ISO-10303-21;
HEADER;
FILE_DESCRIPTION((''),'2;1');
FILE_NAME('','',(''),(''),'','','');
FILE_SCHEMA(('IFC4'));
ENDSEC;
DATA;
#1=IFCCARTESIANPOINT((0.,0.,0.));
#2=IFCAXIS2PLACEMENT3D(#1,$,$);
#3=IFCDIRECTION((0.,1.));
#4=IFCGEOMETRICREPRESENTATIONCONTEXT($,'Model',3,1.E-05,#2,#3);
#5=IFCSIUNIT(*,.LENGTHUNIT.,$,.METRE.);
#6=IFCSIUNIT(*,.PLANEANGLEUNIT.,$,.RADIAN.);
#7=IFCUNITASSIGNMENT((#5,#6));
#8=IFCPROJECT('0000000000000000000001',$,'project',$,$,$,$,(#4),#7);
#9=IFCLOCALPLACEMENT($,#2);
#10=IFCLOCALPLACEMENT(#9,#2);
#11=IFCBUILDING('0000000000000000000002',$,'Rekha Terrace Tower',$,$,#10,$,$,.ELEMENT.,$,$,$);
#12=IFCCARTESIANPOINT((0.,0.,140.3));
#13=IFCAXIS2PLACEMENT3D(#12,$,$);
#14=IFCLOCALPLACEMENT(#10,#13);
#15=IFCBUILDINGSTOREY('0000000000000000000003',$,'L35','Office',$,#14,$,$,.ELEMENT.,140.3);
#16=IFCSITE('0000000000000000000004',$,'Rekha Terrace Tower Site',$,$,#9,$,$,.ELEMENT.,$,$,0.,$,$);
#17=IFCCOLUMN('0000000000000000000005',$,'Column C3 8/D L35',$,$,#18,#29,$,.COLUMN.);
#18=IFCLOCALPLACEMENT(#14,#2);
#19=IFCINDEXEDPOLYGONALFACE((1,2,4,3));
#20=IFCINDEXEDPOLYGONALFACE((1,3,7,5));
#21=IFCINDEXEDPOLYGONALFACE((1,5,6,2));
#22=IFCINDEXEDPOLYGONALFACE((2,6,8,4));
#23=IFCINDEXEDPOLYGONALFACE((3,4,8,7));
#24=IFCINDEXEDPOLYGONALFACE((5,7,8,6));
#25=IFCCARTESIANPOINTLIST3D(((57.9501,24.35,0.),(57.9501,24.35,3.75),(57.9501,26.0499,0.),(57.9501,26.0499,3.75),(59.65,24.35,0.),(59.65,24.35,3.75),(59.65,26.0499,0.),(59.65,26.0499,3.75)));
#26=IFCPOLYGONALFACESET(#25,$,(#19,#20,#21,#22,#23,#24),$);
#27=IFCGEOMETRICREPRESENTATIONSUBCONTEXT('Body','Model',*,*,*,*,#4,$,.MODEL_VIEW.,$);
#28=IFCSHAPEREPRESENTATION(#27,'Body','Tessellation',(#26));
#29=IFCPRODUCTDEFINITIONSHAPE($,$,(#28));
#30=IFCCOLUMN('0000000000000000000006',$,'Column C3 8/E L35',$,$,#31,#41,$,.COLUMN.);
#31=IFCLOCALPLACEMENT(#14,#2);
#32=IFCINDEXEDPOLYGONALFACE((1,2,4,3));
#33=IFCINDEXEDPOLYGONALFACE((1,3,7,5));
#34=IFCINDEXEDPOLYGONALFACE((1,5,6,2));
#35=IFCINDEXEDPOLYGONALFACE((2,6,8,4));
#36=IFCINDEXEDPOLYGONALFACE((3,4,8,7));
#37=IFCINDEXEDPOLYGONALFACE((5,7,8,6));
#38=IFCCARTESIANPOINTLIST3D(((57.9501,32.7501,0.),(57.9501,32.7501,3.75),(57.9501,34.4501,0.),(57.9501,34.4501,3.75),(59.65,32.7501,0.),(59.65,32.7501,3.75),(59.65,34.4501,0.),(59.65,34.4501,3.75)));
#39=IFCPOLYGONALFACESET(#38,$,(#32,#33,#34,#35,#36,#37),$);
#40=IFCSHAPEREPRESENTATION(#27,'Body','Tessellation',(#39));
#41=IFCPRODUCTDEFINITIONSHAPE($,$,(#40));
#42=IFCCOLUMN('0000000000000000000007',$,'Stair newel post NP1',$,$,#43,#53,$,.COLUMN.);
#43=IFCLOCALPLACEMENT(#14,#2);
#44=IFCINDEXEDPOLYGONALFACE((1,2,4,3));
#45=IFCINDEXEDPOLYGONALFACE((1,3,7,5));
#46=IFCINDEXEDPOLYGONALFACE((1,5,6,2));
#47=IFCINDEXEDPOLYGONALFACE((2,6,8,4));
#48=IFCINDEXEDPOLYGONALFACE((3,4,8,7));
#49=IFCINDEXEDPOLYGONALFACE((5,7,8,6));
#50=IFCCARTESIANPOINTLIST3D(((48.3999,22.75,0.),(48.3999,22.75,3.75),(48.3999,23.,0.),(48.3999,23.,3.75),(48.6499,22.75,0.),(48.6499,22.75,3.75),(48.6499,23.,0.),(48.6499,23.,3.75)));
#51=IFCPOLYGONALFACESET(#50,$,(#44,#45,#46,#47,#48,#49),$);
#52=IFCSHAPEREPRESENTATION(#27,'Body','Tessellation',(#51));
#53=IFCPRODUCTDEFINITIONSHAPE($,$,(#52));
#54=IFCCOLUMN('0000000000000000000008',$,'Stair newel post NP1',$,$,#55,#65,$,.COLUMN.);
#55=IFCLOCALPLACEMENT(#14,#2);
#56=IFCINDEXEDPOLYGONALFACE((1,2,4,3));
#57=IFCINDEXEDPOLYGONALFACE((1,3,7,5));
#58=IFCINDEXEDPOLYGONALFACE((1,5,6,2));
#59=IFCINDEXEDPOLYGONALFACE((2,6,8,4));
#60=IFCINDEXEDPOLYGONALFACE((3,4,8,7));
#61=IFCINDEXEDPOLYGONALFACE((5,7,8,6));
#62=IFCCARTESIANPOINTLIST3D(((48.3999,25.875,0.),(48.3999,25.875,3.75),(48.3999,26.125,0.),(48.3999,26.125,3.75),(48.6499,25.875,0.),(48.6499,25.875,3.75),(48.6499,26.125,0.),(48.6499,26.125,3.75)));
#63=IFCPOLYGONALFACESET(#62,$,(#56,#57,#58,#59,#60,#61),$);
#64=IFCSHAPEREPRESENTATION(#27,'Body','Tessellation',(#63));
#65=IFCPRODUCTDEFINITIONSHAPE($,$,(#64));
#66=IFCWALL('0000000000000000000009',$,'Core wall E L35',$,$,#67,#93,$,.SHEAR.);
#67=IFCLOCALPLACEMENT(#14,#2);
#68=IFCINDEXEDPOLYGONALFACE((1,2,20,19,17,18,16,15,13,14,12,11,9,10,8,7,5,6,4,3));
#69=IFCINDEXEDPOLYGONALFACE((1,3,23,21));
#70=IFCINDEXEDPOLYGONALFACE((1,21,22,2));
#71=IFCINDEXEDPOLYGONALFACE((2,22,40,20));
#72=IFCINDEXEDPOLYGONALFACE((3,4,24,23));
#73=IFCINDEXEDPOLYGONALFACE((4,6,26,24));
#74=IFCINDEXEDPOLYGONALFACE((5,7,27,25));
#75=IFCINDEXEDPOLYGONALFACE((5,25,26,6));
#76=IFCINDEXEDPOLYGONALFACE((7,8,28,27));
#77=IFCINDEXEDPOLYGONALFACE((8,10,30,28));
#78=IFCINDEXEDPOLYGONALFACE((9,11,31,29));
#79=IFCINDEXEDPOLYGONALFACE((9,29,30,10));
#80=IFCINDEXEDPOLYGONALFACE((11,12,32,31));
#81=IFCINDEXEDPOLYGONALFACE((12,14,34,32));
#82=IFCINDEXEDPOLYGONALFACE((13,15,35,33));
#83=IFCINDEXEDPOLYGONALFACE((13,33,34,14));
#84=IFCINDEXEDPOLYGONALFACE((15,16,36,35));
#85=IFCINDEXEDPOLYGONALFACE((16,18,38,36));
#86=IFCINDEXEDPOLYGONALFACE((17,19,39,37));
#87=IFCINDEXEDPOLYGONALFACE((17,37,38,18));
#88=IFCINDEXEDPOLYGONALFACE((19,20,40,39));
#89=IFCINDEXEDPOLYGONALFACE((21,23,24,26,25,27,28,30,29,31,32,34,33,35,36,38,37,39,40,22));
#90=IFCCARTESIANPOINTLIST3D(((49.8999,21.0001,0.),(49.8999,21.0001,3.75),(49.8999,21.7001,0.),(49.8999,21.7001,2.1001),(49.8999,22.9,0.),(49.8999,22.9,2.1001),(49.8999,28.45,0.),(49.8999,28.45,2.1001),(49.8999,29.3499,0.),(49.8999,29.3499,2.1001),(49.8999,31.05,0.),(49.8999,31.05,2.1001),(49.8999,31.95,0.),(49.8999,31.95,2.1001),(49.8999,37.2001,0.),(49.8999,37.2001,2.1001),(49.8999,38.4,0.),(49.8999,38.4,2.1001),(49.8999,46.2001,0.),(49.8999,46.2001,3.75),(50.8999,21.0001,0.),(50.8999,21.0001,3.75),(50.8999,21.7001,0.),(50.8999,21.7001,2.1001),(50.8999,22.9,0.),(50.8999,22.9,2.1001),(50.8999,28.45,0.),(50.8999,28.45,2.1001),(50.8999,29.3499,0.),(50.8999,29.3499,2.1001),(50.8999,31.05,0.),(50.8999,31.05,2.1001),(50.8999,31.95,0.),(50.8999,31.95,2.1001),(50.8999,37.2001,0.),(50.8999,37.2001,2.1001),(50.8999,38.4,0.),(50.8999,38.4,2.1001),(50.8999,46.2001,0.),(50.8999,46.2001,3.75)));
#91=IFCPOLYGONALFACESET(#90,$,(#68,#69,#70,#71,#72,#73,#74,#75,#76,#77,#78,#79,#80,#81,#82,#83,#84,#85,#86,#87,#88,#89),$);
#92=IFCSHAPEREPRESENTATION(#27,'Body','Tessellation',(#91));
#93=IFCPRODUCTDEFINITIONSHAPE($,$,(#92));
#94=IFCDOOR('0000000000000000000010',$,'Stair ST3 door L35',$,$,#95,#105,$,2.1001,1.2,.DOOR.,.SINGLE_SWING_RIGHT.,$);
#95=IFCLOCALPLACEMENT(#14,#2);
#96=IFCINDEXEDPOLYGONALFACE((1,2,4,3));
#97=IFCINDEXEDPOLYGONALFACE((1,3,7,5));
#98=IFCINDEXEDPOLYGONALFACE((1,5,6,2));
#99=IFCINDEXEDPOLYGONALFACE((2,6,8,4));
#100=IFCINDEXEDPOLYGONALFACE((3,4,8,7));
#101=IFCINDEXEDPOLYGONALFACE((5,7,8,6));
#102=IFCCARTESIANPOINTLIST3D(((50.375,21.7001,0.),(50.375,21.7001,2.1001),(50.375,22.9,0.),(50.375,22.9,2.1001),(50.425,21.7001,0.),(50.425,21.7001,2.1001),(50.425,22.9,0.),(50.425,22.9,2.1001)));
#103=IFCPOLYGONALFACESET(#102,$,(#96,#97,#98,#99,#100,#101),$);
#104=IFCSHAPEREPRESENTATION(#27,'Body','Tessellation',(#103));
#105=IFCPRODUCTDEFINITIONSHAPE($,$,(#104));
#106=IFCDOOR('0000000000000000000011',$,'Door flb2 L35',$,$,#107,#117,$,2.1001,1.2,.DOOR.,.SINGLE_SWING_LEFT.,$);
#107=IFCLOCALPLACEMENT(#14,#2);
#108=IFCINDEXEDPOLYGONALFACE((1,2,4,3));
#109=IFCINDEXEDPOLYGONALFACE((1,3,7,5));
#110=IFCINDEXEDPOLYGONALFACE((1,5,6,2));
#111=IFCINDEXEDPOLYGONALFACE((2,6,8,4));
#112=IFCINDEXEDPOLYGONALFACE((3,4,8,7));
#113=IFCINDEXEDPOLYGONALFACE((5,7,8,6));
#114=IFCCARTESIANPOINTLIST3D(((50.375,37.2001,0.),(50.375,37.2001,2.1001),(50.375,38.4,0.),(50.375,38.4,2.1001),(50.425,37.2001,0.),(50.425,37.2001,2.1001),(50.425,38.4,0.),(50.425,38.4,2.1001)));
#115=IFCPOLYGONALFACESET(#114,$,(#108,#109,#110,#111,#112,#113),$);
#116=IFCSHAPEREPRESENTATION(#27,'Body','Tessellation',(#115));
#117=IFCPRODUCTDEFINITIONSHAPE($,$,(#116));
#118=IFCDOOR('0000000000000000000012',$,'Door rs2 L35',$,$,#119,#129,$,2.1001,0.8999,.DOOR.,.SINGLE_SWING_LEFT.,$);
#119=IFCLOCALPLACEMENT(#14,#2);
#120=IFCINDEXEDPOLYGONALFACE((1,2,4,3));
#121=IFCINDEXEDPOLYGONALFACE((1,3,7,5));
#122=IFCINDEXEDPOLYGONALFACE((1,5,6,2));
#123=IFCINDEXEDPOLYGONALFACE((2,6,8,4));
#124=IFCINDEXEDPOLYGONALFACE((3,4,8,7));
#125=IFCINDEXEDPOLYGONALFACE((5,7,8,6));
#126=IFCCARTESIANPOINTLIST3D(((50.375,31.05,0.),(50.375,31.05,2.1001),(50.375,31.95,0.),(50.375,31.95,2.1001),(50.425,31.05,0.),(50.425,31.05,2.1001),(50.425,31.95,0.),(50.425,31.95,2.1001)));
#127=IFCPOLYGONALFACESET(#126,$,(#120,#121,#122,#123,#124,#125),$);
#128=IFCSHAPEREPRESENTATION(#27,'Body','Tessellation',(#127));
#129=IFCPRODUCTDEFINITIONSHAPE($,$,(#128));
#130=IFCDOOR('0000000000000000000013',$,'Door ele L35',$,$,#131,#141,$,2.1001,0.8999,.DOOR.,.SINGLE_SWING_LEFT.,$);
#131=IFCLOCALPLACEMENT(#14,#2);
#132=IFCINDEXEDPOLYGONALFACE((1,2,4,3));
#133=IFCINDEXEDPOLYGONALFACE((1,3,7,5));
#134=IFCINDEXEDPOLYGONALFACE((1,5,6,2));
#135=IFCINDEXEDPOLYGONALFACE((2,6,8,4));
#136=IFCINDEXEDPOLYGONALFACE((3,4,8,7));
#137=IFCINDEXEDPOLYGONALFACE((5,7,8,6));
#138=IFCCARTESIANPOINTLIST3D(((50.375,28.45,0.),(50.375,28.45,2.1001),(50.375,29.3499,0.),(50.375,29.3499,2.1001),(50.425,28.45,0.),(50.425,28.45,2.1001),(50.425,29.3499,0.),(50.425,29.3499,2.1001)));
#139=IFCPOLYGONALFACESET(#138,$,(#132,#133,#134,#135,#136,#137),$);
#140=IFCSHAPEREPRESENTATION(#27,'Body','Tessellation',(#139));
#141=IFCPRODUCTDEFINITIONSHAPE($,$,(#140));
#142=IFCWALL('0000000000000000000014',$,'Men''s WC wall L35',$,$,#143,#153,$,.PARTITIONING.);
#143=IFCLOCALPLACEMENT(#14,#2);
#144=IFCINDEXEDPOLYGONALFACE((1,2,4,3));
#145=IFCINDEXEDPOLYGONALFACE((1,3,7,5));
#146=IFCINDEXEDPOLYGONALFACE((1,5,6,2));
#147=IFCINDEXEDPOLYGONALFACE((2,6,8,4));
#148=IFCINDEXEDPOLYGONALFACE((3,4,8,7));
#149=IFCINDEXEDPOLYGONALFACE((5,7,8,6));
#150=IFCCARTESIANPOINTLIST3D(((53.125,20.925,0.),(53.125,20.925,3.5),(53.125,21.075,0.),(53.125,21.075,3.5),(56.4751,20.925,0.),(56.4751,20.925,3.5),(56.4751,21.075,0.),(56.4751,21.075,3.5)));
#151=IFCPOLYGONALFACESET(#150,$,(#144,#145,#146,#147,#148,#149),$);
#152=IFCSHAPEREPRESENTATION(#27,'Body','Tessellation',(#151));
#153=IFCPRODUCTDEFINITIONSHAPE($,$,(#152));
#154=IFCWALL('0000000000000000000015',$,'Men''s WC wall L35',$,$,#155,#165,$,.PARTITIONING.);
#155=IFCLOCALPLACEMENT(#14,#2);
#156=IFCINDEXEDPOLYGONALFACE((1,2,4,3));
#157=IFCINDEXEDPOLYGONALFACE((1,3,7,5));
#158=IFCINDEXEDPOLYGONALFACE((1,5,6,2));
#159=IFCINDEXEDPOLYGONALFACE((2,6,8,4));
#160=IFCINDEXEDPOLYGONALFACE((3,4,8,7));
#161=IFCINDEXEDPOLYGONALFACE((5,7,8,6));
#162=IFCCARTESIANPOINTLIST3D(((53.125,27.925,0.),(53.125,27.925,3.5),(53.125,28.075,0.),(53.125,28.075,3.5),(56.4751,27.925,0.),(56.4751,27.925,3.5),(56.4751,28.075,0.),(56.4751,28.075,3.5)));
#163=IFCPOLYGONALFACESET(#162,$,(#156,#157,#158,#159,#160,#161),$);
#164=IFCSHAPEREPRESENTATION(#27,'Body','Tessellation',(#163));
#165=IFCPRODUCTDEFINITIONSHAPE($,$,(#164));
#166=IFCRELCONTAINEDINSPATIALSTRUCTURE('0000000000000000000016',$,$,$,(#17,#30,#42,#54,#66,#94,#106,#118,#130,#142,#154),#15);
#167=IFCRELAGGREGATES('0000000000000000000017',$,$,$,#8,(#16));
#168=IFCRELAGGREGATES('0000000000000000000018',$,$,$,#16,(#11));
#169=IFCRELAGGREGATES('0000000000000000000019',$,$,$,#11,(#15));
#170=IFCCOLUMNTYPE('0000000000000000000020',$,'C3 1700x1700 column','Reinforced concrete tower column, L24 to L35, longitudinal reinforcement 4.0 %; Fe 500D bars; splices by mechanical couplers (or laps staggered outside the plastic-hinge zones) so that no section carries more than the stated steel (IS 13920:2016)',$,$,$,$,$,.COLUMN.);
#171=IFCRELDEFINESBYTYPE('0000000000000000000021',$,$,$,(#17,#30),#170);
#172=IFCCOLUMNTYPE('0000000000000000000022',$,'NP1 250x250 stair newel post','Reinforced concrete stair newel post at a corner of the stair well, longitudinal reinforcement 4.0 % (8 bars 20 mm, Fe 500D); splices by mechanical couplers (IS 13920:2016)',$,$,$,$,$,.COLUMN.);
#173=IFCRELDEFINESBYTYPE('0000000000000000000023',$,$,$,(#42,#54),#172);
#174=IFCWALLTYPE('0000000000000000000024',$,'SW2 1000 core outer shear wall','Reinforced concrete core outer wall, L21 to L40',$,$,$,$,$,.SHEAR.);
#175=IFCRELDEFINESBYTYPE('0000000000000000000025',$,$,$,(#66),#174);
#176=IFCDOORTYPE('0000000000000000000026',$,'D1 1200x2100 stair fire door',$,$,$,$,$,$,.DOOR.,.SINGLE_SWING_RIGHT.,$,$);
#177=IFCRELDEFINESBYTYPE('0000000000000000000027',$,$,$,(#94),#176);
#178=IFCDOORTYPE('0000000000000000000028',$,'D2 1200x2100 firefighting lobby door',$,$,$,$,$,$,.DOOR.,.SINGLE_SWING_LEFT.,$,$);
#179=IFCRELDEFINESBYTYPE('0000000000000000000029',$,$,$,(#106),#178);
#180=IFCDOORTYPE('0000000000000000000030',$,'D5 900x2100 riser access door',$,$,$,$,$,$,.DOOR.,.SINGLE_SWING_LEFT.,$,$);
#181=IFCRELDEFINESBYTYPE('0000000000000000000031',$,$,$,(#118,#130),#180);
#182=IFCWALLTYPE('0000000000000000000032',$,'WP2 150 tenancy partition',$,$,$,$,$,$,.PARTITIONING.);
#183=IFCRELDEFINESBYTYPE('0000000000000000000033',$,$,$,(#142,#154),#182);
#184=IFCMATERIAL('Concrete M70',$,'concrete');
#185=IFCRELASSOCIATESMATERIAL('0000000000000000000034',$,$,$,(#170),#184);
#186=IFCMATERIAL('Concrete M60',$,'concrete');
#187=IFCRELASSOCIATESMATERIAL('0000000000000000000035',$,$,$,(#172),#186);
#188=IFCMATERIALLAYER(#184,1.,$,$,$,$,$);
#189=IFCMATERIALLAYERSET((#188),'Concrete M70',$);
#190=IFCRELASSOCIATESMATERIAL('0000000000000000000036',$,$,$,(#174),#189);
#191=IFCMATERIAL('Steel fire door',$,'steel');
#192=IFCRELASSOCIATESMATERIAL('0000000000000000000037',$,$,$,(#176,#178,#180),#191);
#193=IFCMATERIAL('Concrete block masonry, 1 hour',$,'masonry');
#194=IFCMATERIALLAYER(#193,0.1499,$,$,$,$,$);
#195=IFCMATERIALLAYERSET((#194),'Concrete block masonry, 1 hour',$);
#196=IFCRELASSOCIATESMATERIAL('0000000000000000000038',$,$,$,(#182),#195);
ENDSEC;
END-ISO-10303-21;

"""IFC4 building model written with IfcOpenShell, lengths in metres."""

from ifc_helpers import new_model, si_unit, direction, frame, frame_2d, origin, origin_2d, place, context, subcontext, project, spatial, rectangle, extrude, material, layer, layer_set, material_profile, profile_set, type_object, element, fill, save


model = new_model("IFC4")

# Units and contexts
model_context = context("Model", 3, precision=1e-05, world=origin(), true_north=direction((0.0, 1.0)))
body_context = subcontext(model_context, "Body", "Model", "MODEL_VIEW")
ifc_project = project(units=[si_unit("LENGTHUNIT", "METRE"), si_unit("PLANEANGLEUNIT", "RADIAN")], contexts=[model_context])

# Site, building, storey
site_placement = place(None, origin())
site = spatial("IfcSite", under=ifc_project, at=site_placement, Name="Rekha Terrace Tower Site", CompositionType="ELEMENT", RefElevation=0.0)
building_placement = place(site_placement, origin())
building = spatial("IfcBuilding", under=site, at=building_placement, Name="Rekha Terrace Tower", CompositionType="ELEMENT")
storey_placement = place(building_placement, frame((0.0, 0.0, 140.3)))
storey = spatial("IfcBuildingStorey", under=building, at=storey_placement, Name="L35", Description="Office", CompositionType="ELEMENT", Elevation=140.3)

# Columns
ifc_material_1 = material(Name="Concrete M70", Category="concrete")
ifc_material_profile_1 = material_profile(ifc_material_1, rectangle(XDim=1.7, YDim=1.7, at=origin_2d()), Name="RC 1700x1700")
ifc_profile_set_1 = profile_set([ifc_material_profile_1], Name="Concrete M70")
column_type_1 = type_object("IfcColumnType", Name="C3 1700x1700 column", Description="Reinforced concrete tower column, L24 to L35, longitudinal reinforcement 4.0 %; Fe 500D bars; splices by mechanical couplers (or laps staggered outside the plastic-hinge zones) so that no section carries more than the stated steel (IS 13920:2016)", PredefinedType="COLUMN", material=ifc_profile_set_1)
for number, where, z_axis, x_axis, name in (
    (1, (58.8, 25.2, 0.0), (0.0, 0.0, 1.0), (1.0, 0.0, 0.0), "Column C3 8/D L35"),
    (2, (58.8, 33.6001, 0.0), (0.0, 0.0, 1.0), (1.0, 0.0, 0.0), "Column C3 8/E L35"),
):
    element("IfcColumn", number, at=place(storey_placement, frame(where, z_axis=z_axis, x_axis=x_axis)), inside=storey, type_object=column_type_1, Name=name, PredefinedType="COLUMN", context=body_context, shape_type="SweptSolid", body=[
        extrude(rectangle(XDim=1.7, YDim=1.7, at=origin_2d()), origin(), (0.0, 0.0, 1.0), 3.75),
    ])
ifc_material_2 = material(Name="Concrete M60", Category="concrete")
ifc_material_profile_2 = material_profile(ifc_material_2, rectangle(XDim=0.25, YDim=0.25, at=origin_2d()), Name="RC 250x250")
ifc_profile_set_2 = profile_set([ifc_material_profile_2], Name="Concrete M60")
column_type_2 = type_object("IfcColumnType", Name="NP1 250x250 stair newel post", Description="Reinforced concrete stair newel post at a corner of the stair well, longitudinal reinforcement 4.0 % (8 bars 20 mm, Fe 500D); splices by mechanical couplers (IS 13920:2016)", PredefinedType="COLUMN", material=ifc_profile_set_2)
for number, where, z_axis, x_axis, name in (
    (3, (48.5249, 22.875, 0.0), (0.0, 0.0, 1.0), (1.0, 0.0, 0.0), "Stair newel post NP1"),
    (4, (48.5249, 26.0, 0.0), (0.0, 0.0, 1.0), (1.0, 0.0, 0.0), "Stair newel post NP1"),
):
    element("IfcColumn", number, at=place(storey_placement, frame(where, z_axis=z_axis, x_axis=x_axis)), inside=storey, type_object=column_type_2, Name=name, PredefinedType="COLUMN", context=body_context, shape_type="SweptSolid", body=[
        extrude(rectangle(XDim=0.25, YDim=0.25, at=origin_2d()), origin(), (0.0, 0.0, 1.0), 3.75),
    ])

# Wall, openings, doors
ifc_layer_1 = layer(ifc_material_1, 1.0)
ifc_layer_set_1 = layer_set([ifc_layer_1], Name="Concrete M70")
wall_type_1 = type_object("IfcWallType", Name="SW2 1000 core outer shear wall", Description="Reinforced concrete core outer wall, L21 to L40", PredefinedType="SHEAR", material=ifc_layer_set_1)
wall_1_placement = place(storey_placement, frame((50.3999, 21.0, 0.0), z_axis=(0.0, 0.0, 1.0), x_axis=(0.0, 1.0, 0.0)))
wall_1 = element("IfcWall", 5, at=wall_1_placement, inside=storey, type_object=wall_type_1, Name="Core wall E L35", PredefinedType="SHEAR", context=body_context, shape_type="SweptSolid", body=[
    extrude(rectangle(XDim=25.2, YDim=1.0, at=frame_2d((12.6001, 0.0))), origin(), (0.0, 0.0, 1.0), 3.75),
])
opening_1_placement = place(wall_1_placement, frame((16.2, 0.0, 0.0)))
opening_1 = element("IfcOpeningElement", 6, at=opening_1_placement, cuts=wall_1, PredefinedType="OPENING", context=body_context, shape_type="SweptSolid", body=[
    extrude(rectangle(XDim=1.2, YDim=2.1001, at=frame_2d((0.6001, 1.05))), frame((0.0, 0.51, 0.0), z_axis=(0.0, -1.0, 0.0), x_axis=(1.0, 0.0, 0.0)), (0.0, 0.0, 1.0), 1.02),
])
opening_2_placement = place(wall_1_placement, frame((10.05, 0.0, 0.0)))
opening_2 = element("IfcOpeningElement", 7, at=opening_2_placement, cuts=wall_1, PredefinedType="OPENING", context=body_context, shape_type="SweptSolid", body=[
    extrude(rectangle(XDim=0.8999, YDim=2.1001, at=frame_2d((0.45, 1.05))), frame((0.0, 0.51, 0.0), z_axis=(0.0, -1.0, 0.0), x_axis=(1.0, 0.0, 0.0)), (0.0, 0.0, 1.0), 1.02),
])
opening_3_placement = place(wall_1_placement, frame((7.45, 0.0, 0.0)))
opening_3 = element("IfcOpeningElement", 8, at=opening_3_placement, cuts=wall_1, PredefinedType="OPENING", context=body_context, shape_type="SweptSolid", body=[
    extrude(rectangle(XDim=0.8999, YDim=2.1001, at=frame_2d((0.45, 1.05))), frame((0.0, 0.51, 0.0), z_axis=(0.0, -1.0, 0.0), x_axis=(1.0, 0.0, 0.0)), (0.0, 0.0, 1.0), 1.02),
])
opening_4_placement = place(wall_1_placement, frame((0.7, 0.0, 0.0)))
opening_4 = element("IfcOpeningElement", 9, at=opening_4_placement, cuts=wall_1, PredefinedType="OPENING", context=body_context, shape_type="SweptSolid", body=[
    extrude(rectangle(XDim=1.2, YDim=2.1001, at=frame_2d((0.6001, 1.05))), frame((0.0, 0.51, 0.0), z_axis=(0.0, -1.0, 0.0), x_axis=(1.0, 0.0, 0.0)), (0.0, 0.0, 1.0), 1.02),
])
ifc_material_3 = material(Name="Steel fire door", Category="steel")
door_type_1 = type_object("IfcDoorType", Name="D1 1200x2100 stair fire door", OperationType="SINGLE_SWING_RIGHT", PredefinedType="DOOR", material=ifc_material_3)
door_1_placement = place(opening_4_placement, origin())
door_1 = element("IfcDoor", 10, at=door_1_placement, inside=storey, type_object=door_type_1, Name="Stair ST3 door L35", OperationType="SINGLE_SWING_RIGHT", OverallHeight=2.1001, OverallWidth=1.2, PredefinedType="DOOR", context=body_context, shape_type="SweptSolid", body=[
    extrude(rectangle(XDim=1.2, YDim=2.1001, at=frame_2d((0.6001, 1.05))), frame((0.0, 0.0249, 0.0), z_axis=(0.0, -1.0, 0.0), x_axis=(1.0, 0.0, 0.0)), (0.0, 0.0, 1.0), 0.05),
])
fill(opening_4, door_1)
door_type_2 = type_object("IfcDoorType", Name="D2 1200x2100 firefighting lobby door", OperationType="SINGLE_SWING_LEFT", PredefinedType="DOOR", material=ifc_material_3)
door_2_placement = place(opening_1_placement, origin())
door_2 = element("IfcDoor", 11, at=door_2_placement, inside=storey, type_object=door_type_2, Name="Door flb2 L35", OperationType="SINGLE_SWING_LEFT", OverallHeight=2.1001, OverallWidth=1.2, PredefinedType="DOOR", context=body_context, shape_type="SweptSolid", body=[
    extrude(rectangle(XDim=1.2, YDim=2.1001, at=frame_2d((0.6001, 1.05))), frame((0.0, 0.0249, 0.0), z_axis=(0.0, -1.0, 0.0), x_axis=(1.0, 0.0, 0.0)), (0.0, 0.0, 1.0), 0.05),
])
fill(opening_1, door_2)
door_type_3 = type_object("IfcDoorType", Name="D5 900x2100 riser access door", OperationType="SINGLE_SWING_LEFT", PredefinedType="DOOR", material=ifc_material_3)
door_3_placement = place(opening_2_placement, origin())
door_3 = element("IfcDoor", 12, at=door_3_placement, inside=storey, type_object=door_type_3, Name="Door rs2 L35", OperationType="SINGLE_SWING_LEFT", OverallHeight=2.1001, OverallWidth=0.8999, PredefinedType="DOOR", context=body_context, shape_type="SweptSolid", body=[
    extrude(rectangle(XDim=0.8999, YDim=2.1001, at=frame_2d((0.45, 1.05))), frame((0.0, 0.0249, 0.0), z_axis=(0.0, -1.0, 0.0), x_axis=(1.0, 0.0, 0.0)), (0.0, 0.0, 1.0), 0.05),
])
fill(opening_2, door_3)
door_4_placement = place(opening_3_placement, origin())
door_4 = element("IfcDoor", 13, at=door_4_placement, inside=storey, type_object=door_type_3, Name="Door ele L35", OperationType="SINGLE_SWING_LEFT", OverallHeight=2.1001, OverallWidth=0.8999, PredefinedType="DOOR", context=body_context, shape_type="SweptSolid", body=[
    extrude(rectangle(XDim=0.8999, YDim=2.1001, at=frame_2d((0.45, 1.05))), frame((0.0, 0.0249, 0.0), z_axis=(0.0, -1.0, 0.0), x_axis=(1.0, 0.0, 0.0)), (0.0, 0.0, 1.0), 0.05),
])
fill(opening_3, door_4)

# Walls
ifc_material_4 = material(Name="Concrete block masonry, 1 hour", Category="masonry")
ifc_layer_2 = layer(ifc_material_4, 0.1499)
ifc_layer_set_2 = layer_set([ifc_layer_2], Name="Concrete block masonry, 1 hour")
wall_type_2 = type_object("IfcWallType", Name="WP2 150 tenancy partition", PredefinedType="PARTITIONING", material=ifc_layer_set_2)
for number, where, z_axis, x_axis, name in (
    (14, (53.125, 21.0, 0.0), (0.0, 0.0, 1.0), (1.0, 0.0, 0.0), "Men's WC wall L35"),
    (15, (53.125, 28.0, 0.0), (0.0, 0.0, 1.0), (1.0, 0.0, 0.0), "Men's WC wall L35"),
):
    element("IfcWall", number, at=place(storey_placement, frame(where, z_axis=z_axis, x_axis=x_axis)), inside=storey, type_object=wall_type_2, Name=name, PredefinedType="PARTITIONING", context=body_context, shape_type="SweptSolid", body=[
        extrude(rectangle(XDim=3.3501, YDim=0.1499, at=frame_2d((1.675, 0.0))), origin(), (0.0, 0.0, 1.0), 3.5),
    ])

save(model, "model.ifc")
